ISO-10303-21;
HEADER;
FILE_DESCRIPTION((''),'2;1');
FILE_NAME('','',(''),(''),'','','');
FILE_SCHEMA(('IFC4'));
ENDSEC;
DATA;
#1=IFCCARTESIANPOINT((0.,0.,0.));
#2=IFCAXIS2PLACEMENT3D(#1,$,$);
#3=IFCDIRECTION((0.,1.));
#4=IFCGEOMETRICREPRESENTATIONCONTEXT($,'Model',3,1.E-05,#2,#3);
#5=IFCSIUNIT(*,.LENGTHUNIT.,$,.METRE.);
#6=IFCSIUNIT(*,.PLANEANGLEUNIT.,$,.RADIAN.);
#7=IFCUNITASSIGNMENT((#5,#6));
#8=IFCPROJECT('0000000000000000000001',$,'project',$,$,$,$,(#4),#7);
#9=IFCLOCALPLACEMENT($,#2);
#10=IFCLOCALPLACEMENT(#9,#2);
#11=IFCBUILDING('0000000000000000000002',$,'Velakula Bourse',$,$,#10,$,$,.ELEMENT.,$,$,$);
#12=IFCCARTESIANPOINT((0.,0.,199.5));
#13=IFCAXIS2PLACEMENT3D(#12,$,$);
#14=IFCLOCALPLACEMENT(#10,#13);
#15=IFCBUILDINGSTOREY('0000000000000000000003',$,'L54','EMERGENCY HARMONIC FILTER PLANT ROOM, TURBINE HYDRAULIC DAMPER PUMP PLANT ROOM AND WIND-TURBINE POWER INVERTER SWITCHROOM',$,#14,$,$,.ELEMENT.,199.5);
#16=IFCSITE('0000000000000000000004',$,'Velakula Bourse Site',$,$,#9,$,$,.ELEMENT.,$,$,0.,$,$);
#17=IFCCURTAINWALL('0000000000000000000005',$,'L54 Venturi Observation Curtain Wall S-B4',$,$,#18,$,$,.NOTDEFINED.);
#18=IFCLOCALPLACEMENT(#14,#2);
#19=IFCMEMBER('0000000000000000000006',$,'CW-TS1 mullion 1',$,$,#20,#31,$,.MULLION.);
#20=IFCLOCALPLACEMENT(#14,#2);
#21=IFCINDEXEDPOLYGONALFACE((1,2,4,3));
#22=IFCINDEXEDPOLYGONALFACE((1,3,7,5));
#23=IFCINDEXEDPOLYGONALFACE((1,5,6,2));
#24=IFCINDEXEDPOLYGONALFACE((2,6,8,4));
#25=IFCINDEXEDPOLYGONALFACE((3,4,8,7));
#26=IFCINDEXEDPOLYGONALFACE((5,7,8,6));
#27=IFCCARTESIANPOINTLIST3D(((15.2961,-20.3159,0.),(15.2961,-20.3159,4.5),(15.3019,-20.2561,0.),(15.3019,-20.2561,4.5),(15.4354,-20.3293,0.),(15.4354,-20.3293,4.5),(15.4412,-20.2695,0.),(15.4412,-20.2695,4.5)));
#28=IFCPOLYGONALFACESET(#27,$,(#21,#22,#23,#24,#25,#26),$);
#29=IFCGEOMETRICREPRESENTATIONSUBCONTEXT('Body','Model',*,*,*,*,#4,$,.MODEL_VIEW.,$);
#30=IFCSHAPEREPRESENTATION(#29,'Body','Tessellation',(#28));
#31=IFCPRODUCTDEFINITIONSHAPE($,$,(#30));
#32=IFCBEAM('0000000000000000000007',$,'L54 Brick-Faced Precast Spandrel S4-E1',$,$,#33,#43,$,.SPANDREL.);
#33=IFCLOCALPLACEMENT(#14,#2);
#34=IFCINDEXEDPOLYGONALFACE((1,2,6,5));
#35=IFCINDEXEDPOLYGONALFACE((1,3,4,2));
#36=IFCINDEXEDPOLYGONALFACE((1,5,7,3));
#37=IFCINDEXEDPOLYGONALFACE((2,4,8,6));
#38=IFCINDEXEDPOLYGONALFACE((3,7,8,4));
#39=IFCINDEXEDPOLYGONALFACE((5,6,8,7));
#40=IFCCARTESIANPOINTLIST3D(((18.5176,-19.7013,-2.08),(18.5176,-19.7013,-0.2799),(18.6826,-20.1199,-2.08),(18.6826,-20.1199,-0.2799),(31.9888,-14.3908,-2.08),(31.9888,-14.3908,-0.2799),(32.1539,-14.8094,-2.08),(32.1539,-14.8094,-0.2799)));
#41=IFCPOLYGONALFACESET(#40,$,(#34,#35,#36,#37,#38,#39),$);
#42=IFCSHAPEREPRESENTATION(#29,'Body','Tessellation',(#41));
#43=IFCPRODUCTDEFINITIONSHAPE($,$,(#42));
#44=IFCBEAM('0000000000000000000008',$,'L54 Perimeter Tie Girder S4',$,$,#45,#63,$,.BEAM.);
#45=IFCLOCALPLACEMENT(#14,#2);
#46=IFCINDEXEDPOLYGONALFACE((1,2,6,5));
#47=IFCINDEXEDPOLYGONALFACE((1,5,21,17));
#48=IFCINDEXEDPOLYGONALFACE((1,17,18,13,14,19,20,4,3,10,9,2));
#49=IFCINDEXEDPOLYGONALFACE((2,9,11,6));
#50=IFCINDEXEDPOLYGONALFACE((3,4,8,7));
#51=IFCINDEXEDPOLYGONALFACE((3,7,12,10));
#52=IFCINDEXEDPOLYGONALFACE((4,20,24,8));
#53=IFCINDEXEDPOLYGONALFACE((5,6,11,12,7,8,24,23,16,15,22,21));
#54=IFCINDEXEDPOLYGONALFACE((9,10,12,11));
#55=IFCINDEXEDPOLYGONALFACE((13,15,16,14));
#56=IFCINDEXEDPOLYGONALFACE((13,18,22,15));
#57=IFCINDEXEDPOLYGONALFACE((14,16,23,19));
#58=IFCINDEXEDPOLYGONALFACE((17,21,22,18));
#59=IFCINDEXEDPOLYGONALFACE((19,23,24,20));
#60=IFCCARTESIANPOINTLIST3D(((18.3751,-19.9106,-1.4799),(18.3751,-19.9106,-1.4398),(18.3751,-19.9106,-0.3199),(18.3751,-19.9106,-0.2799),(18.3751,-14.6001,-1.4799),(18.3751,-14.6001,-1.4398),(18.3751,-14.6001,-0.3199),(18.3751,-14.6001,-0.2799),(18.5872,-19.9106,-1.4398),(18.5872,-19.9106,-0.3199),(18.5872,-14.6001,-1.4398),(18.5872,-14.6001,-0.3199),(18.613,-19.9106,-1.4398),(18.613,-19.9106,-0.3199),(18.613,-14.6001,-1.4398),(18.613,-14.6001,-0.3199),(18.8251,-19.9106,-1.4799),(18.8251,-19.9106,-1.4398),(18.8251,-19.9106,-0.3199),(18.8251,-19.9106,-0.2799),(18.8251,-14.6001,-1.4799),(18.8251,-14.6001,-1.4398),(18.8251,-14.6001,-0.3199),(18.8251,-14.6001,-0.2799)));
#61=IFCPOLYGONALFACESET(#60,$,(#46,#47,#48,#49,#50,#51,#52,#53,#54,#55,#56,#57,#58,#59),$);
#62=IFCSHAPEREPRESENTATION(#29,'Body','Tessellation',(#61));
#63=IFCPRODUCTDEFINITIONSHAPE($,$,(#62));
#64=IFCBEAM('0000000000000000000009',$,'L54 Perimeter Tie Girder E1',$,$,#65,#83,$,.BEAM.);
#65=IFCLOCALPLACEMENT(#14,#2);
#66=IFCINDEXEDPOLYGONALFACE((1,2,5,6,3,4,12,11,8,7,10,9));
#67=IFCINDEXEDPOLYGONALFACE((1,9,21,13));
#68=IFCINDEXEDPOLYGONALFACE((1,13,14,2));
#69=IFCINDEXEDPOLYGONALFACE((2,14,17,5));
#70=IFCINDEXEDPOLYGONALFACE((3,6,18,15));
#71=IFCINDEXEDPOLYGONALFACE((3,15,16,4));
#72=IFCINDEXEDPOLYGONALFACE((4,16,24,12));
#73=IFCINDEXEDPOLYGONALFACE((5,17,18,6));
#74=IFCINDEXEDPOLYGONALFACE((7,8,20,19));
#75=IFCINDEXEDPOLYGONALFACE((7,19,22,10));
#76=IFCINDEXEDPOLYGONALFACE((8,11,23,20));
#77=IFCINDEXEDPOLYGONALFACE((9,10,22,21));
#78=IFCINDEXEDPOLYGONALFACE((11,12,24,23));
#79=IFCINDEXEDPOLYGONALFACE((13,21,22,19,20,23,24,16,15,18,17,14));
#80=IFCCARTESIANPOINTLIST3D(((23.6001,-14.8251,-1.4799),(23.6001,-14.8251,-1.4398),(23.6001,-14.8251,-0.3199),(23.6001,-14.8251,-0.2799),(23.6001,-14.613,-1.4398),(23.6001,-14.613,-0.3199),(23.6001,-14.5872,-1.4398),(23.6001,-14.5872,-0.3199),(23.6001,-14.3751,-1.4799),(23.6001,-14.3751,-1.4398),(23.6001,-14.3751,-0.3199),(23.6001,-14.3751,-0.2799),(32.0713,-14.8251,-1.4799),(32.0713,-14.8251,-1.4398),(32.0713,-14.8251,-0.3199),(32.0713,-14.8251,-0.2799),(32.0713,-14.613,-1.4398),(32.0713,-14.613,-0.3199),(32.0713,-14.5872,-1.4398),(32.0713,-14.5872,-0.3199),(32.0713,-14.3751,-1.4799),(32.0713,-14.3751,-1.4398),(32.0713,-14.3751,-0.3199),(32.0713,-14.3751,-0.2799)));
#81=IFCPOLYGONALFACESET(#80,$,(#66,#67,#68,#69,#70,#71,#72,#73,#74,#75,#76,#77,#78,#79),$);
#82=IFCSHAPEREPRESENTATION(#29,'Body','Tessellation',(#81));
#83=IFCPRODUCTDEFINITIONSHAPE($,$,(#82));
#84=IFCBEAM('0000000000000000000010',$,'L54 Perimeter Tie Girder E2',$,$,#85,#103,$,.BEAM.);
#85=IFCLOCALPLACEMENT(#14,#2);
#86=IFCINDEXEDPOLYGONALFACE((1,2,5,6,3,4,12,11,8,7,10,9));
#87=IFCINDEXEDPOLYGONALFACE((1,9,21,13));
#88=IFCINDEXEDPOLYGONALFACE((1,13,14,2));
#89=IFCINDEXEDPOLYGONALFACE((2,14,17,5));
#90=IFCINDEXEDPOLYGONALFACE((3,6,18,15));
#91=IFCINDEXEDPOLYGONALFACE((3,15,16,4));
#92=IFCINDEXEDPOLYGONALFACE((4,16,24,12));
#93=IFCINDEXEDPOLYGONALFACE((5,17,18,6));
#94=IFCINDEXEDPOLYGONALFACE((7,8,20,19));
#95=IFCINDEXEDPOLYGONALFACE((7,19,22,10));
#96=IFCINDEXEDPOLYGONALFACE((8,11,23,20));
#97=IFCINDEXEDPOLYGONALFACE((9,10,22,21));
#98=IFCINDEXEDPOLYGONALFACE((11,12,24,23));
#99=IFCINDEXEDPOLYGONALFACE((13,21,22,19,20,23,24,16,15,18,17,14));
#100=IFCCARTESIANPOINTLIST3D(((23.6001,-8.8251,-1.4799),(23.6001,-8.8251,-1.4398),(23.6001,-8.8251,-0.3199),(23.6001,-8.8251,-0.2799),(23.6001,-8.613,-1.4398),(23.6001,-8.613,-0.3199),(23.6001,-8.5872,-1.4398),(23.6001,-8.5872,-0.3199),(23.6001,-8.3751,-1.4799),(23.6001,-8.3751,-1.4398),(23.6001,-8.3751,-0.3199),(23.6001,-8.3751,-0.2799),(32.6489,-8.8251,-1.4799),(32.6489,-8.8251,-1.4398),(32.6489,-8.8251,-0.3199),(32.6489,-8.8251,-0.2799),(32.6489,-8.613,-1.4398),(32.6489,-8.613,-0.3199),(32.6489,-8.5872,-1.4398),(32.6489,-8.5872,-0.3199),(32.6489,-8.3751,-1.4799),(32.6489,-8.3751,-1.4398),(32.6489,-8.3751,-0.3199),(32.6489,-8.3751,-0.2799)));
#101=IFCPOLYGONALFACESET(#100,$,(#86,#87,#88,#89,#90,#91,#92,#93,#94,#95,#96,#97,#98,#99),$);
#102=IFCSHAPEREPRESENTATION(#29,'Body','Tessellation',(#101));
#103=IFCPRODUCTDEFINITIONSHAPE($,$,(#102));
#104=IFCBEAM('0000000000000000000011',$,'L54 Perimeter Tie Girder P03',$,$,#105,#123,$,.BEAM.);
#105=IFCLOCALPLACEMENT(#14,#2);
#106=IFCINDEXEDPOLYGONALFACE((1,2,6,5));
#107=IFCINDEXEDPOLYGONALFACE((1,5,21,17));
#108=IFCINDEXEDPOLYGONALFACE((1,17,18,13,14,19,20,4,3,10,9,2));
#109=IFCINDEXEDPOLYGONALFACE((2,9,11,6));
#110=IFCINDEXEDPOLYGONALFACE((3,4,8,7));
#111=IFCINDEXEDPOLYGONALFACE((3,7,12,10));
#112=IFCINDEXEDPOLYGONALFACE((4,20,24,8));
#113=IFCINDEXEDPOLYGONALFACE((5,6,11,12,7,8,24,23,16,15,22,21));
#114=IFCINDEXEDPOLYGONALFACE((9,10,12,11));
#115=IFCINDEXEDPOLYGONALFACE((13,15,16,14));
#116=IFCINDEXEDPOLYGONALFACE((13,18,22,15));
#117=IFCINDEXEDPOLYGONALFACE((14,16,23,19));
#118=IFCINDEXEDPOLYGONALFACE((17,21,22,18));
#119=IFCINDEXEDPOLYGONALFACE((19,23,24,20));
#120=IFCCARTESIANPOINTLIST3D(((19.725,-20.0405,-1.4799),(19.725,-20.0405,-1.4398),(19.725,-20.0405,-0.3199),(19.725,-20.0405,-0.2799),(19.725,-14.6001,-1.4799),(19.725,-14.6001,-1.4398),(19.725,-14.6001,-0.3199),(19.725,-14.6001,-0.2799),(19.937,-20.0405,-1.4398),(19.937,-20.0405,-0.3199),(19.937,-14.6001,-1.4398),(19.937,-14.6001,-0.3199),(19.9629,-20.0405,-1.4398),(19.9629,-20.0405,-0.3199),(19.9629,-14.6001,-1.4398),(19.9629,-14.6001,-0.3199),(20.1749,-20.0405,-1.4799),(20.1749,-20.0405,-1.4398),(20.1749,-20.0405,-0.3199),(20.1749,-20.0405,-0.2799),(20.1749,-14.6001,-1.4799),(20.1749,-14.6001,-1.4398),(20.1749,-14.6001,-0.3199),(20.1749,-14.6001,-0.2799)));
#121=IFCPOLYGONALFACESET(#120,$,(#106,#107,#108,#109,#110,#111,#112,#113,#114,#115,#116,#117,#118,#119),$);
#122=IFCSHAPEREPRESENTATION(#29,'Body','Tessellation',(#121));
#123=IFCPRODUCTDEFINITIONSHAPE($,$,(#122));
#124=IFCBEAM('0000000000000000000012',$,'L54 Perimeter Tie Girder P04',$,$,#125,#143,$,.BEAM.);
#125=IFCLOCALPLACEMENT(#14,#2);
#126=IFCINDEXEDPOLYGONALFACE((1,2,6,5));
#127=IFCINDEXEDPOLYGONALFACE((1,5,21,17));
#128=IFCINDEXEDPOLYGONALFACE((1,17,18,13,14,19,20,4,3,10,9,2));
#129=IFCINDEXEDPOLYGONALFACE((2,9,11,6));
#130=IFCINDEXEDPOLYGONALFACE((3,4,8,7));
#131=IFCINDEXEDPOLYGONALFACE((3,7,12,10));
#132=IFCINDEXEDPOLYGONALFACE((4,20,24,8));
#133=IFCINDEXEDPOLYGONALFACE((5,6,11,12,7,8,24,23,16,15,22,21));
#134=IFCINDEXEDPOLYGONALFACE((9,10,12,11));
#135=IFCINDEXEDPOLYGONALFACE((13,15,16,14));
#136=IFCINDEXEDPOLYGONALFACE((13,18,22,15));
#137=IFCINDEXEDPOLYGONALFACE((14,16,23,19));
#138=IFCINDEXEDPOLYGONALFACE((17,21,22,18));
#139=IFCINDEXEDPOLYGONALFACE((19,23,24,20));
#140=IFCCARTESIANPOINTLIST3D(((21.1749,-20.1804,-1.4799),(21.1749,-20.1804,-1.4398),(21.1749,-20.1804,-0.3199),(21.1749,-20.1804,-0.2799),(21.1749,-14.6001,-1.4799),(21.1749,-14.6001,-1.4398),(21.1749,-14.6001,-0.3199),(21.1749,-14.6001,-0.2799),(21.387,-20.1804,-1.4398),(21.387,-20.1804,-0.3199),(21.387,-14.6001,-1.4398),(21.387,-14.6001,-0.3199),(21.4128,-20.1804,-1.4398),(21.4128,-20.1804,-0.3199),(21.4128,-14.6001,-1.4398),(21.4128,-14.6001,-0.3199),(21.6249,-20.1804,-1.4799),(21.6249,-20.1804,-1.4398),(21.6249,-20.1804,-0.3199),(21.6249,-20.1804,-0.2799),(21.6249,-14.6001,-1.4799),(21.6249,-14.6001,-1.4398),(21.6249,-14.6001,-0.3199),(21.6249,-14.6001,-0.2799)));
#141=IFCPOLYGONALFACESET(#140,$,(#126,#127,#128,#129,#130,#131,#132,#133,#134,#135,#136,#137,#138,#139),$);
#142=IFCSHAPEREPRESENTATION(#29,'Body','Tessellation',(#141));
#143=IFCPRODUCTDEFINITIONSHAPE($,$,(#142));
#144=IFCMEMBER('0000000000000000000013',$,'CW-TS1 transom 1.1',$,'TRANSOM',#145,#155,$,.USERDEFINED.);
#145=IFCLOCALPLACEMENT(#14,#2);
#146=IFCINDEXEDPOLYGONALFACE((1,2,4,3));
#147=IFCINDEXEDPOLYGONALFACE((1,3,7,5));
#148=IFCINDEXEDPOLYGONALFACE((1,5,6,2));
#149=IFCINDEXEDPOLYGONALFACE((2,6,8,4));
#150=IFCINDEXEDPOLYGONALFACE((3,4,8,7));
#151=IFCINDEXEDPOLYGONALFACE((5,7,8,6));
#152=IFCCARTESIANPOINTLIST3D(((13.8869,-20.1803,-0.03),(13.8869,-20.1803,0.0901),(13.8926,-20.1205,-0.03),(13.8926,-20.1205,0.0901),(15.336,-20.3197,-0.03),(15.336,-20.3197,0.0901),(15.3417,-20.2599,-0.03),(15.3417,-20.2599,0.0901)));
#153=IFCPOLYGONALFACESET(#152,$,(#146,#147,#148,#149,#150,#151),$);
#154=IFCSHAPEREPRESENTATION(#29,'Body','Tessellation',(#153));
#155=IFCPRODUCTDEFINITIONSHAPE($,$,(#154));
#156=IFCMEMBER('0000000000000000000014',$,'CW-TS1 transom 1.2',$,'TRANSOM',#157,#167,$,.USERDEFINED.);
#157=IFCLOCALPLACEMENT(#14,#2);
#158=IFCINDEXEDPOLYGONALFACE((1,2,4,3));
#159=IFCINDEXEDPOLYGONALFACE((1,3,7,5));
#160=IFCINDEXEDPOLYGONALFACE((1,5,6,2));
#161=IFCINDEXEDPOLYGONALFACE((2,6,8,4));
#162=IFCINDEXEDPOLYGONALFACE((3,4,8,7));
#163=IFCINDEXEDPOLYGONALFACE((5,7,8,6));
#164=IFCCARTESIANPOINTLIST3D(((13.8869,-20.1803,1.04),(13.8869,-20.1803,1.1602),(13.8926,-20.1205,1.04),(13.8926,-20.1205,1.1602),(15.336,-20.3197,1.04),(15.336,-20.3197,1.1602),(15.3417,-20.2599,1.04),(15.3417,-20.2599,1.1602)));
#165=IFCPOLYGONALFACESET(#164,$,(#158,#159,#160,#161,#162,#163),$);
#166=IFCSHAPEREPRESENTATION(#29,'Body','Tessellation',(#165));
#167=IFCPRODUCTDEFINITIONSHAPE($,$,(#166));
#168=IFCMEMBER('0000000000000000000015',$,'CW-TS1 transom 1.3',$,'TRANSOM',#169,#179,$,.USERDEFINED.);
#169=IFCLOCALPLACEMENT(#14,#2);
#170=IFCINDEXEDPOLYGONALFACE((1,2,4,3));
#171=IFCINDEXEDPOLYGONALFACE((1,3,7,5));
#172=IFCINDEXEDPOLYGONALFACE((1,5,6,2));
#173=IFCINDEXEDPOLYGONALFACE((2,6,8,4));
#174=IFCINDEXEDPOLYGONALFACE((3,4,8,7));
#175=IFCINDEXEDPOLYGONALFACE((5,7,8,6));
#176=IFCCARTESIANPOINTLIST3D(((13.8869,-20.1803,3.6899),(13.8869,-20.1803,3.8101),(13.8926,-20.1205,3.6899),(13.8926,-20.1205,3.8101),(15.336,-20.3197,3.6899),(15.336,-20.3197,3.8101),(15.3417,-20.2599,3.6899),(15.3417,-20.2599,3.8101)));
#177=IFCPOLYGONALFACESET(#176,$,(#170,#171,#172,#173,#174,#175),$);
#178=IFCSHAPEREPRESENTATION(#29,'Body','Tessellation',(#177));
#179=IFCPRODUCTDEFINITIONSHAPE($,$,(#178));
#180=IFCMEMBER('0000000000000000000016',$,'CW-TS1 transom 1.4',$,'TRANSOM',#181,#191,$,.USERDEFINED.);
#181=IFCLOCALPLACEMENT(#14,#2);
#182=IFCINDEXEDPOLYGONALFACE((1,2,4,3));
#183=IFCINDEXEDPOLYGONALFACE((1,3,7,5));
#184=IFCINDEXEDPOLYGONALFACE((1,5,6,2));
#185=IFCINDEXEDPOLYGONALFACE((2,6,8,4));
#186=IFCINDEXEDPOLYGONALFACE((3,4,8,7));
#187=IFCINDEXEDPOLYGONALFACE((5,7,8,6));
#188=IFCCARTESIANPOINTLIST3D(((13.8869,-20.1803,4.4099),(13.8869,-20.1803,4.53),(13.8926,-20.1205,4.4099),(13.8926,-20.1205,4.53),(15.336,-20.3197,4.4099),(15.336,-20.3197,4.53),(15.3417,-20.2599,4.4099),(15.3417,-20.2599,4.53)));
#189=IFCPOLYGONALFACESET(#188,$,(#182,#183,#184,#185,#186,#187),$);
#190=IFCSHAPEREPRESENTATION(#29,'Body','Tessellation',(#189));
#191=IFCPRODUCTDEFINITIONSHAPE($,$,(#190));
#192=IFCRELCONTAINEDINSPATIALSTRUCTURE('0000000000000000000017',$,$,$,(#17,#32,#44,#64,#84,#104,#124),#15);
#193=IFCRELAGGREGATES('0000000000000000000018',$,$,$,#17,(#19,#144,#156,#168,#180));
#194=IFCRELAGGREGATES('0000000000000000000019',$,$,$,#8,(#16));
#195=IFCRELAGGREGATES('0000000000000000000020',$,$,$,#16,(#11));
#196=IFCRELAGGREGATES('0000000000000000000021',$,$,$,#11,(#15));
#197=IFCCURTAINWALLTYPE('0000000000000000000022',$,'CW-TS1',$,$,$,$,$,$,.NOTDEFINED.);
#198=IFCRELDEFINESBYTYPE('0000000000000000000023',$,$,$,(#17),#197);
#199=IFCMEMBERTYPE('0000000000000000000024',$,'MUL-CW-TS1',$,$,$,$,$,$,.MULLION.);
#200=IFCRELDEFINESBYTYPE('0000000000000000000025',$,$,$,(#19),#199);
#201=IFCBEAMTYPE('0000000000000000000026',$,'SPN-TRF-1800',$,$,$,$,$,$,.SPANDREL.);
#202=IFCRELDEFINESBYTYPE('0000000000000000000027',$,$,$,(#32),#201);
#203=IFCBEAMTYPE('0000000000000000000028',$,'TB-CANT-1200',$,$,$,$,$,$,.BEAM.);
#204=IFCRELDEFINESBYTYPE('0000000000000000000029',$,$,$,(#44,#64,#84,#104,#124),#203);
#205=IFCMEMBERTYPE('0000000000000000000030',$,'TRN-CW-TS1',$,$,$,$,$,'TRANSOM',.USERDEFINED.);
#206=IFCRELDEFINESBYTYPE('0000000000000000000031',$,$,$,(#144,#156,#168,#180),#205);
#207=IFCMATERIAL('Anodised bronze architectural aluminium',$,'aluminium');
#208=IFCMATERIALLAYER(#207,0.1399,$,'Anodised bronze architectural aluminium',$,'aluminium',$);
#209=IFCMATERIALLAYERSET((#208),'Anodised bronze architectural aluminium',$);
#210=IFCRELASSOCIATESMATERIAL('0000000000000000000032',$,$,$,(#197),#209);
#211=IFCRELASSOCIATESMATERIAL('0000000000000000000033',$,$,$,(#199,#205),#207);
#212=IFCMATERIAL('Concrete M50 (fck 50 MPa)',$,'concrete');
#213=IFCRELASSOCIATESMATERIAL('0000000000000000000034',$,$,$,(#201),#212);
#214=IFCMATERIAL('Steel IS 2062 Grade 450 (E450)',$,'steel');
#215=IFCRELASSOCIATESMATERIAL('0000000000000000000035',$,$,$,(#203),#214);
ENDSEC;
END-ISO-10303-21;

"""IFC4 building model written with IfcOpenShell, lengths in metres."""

from ifc_helpers import new_model, si_unit, direction, frame, origin, origin_2d, place, context, subcontext, project, spatial, rectangle, i_section, extrude, material, layer, layer_set, material_profile, profile_set, type_object, element, aggregate, save


model = new_model("IFC4")

# Units and contexts
model_context = context("Model", 3, precision=1e-05, world=origin(), true_north=direction((0.0, 1.0)))
body_context = subcontext(model_context, "Body", "Model", "MODEL_VIEW")
ifc_project = project(units=[si_unit("LENGTHUNIT", "METRE"), si_unit("PLANEANGLEUNIT", "RADIAN")], contexts=[model_context])

# Site, building, storey
site_placement = place(None, origin())
site = spatial("IfcSite", under=ifc_project, at=site_placement, Name="Velakula Bourse Site", CompositionType="ELEMENT", RefElevation=0.0)
building_placement = place(site_placement, origin())
building = spatial("IfcBuilding", under=site, at=building_placement, Name="Velakula Bourse", CompositionType="ELEMENT")
storey_placement = place(building_placement, frame((0.0, 0.0, 199.5)))
storey = spatial("IfcBuildingStorey", under=building, at=storey_placement, Name="L54", Description="EMERGENCY HARMONIC FILTER PLANT ROOM, TURBINE HYDRAULIC DAMPER PUMP PLANT ROOM AND WIND-TURBINE POWER INVERTER SWITCHROOM", CompositionType="ELEMENT", Elevation=199.5)

# Curtain wall, member
ifc_material_1 = material(Name="Anodised bronze architectural aluminium", Category="aluminium")
ifc_layer_1 = layer(ifc_material_1, 0.1399, Name="Anodised bronze architectural aluminium", Category="aluminium")
ifc_layer_set_1 = layer_set([ifc_layer_1], Name="Anodised bronze architectural aluminium")
curtain_wall_type = type_object("IfcCurtainWallType", Name="CW-TS1", PredefinedType="NOTDEFINED", material=ifc_layer_set_1)
curtain_wall_placement = place(storey_placement, origin())
curtain_wall = element("IfcCurtainWall", 1, at=curtain_wall_placement, inside=storey, type_object=curtain_wall_type, Name="L54 Venturi Observation Curtain Wall S-B4", PredefinedType="NOTDEFINED")
ifc_material_profile_1 = material_profile(ifc_material_1, rectangle(XDim=0.0601, YDim=0.1399, at=origin_2d()), Name="Anodised bronze architectural aluminium")
ifc_profile_set_1 = profile_set([ifc_material_profile_1], Name="Anodised bronze architectural aluminium")
member_type_1 = type_object("IfcMemberType", Name="MUL-CW-TS1", PredefinedType="MULLION", material=ifc_profile_set_1)
member_1_placement = place(storey_placement, frame((15.3687, -20.2927, 0.0), z_axis=(0.0, 0.0, 1.0), x_axis=(-0.095849, -0.995396, 0.0)))
member_1 = element("IfcMember", 2, at=member_1_placement, type_object=member_type_1, Name="CW-TS1 mullion 1", PredefinedType="MULLION", context=body_context, shape_type="SweptSolid", body=[
    extrude(rectangle(XDim=0.0601, YDim=0.1399, at=origin_2d()), origin(), (0.0, 0.0, 1.0), 4.5),
])

# Beams
ifc_material_2 = material(Name="Concrete M50 (fck 50 MPa)", Category="concrete")
ifc_material_profile_2 = material_profile(ifc_material_2, rectangle(XDim=0.45, YDim=1.8, at=origin_2d()), Name="Concrete M50 (fck 50 MPa)")
ifc_profile_set_2 = profile_set([ifc_material_profile_2], Name="Concrete M50 (fck 50 MPa)")
beam_type_1 = type_object("IfcBeamType", Name="SPN-TRF-1800", PredefinedType="SPANDREL", material=ifc_profile_set_2)
beam_1_placement = place(storey_placement, frame((18.6001, -19.9106, -1.1799), z_axis=(0.930321, 0.366747, 0.0), x_axis=(-0.366747, 0.930321, 0.0)))
element("IfcBeam", 3, at=beam_1_placement, inside=storey, type_object=beam_type_1, Name="L54 Brick-Faced Precast Spandrel S4-E1", PredefinedType="SPANDREL", context=body_context, shape_type="SweptSolid", body=[
    extrude(rectangle(XDim=0.45, YDim=1.8, at=origin_2d()), origin(), (0.0, 0.0, 1.0), 14.4802),
])
ifc_material_3 = material(Name="Steel IS 2062 Grade 450 (E450)", Category="steel")
ifc_material_profile_3 = material_profile(ifc_material_3, i_section(OverallWidth=0.45, OverallDepth=1.2, WebThickness=0.0259, FlangeThickness=0.04, at=origin_2d()), Name="Steel IS 2062 Grade 450 (E450)")
ifc_profile_set_3 = profile_set([ifc_material_profile_3], Name="Steel IS 2062 Grade 450 (E450)")
beam_type_2 = type_object("IfcBeamType", Name="TB-CANT-1200", PredefinedType="BEAM", material=ifc_profile_set_3)
beam_2_placement = place(storey_placement, frame((18.6001, -14.6001, -0.8799), z_axis=(0.0, -1.0, 0.0), x_axis=(1.0, 0.0, 0.0)))
element("IfcBeam", 4, at=beam_2_placement, inside=storey, type_object=beam_type_2, Name="L54 Perimeter Tie Girder S4", PredefinedType="BEAM", context=body_context, shape_type="SweptSolid", body=[
    extrude(i_section(OverallWidth=0.45, OverallDepth=1.2, WebThickness=0.0259, FlangeThickness=0.04, at=origin_2d()), origin(), (0.0, 0.0, 1.0), 5.3105),
])
beam_3_placement = place(storey_placement, frame((23.6001, -14.6001, -0.8799), z_axis=(1.0, 0.0, 0.0), x_axis=(0.0, 1.0, 0.0)))
element("IfcBeam", 5, at=beam_3_placement, inside=storey, type_object=beam_type_2, Name="L54 Perimeter Tie Girder E1", PredefinedType="BEAM", context=body_context, shape_type="SweptSolid", body=[
    extrude(i_section(OverallWidth=0.45, OverallDepth=1.2, WebThickness=0.0259, FlangeThickness=0.04, at=origin_2d()), origin(), (0.0, 0.0, 1.0), 8.4712),
])
beam_4_placement = place(storey_placement, frame((23.6001, -8.6001, -0.8799), z_axis=(1.0, 0.0, 0.0), x_axis=(0.0, 1.0, 0.0)))
element("IfcBeam", 6, at=beam_4_placement, inside=storey, type_object=beam_type_2, Name="L54 Perimeter Tie Girder E2", PredefinedType="BEAM", context=body_context, shape_type="SweptSolid", body=[
    extrude(i_section(OverallWidth=0.45, OverallDepth=1.2, WebThickness=0.0259, FlangeThickness=0.04, at=origin_2d()), origin(), (0.0, 0.0, 1.0), 9.0488),
])
beam_5_placement = place(storey_placement, frame((19.95, -14.6001, -0.8799), z_axis=(0.0, -1.0, 0.0), x_axis=(1.0, 0.0, 0.0)))
element("IfcBeam", 7, at=beam_5_placement, inside=storey, type_object=beam_type_2, Name="L54 Perimeter Tie Girder P03", PredefinedType="BEAM", context=body_context, shape_type="SweptSolid", body=[
    extrude(i_section(OverallWidth=0.45, OverallDepth=1.2, WebThickness=0.0259, FlangeThickness=0.04, at=origin_2d()), origin(), (0.0, 0.0, 1.0), 5.4404),
])
beam_6_placement = place(storey_placement, frame((21.3999, -14.6001, -0.8799), z_axis=(0.0, -1.0, 0.0), x_axis=(1.0, 0.0, 0.0)))
element("IfcBeam", 8, at=beam_6_placement, inside=storey, type_object=beam_type_2, Name="L54 Perimeter Tie Girder P04", PredefinedType="BEAM", context=body_context, shape_type="SweptSolid", body=[
    extrude(i_section(OverallWidth=0.45, OverallDepth=1.2, WebThickness=0.0259, FlangeThickness=0.04, at=origin_2d()), origin(), (0.0, 0.0, 1.0), 5.5803),
])

# Members
ifc_material_profile_4 = material_profile(ifc_material_1, rectangle(XDim=0.0601, YDim=0.1201, at=origin_2d()), Name="Anodised bronze architectural aluminium")
ifc_profile_set_4 = profile_set([ifc_material_profile_4], Name="Anodised bronze architectural aluminium")
member_type_2 = type_object("IfcMemberType", Name="TRN-CW-TS1", ElementType="TRANSOM", PredefinedType="USERDEFINED", material=ifc_profile_set_4)
member_2_placement = place(storey_placement, frame((15.3389, -20.2898, 0.03), z_axis=(-0.995405, 0.095751, 0.0), x_axis=(-0.095751, -0.995405, 0.0)))
member_2 = element("IfcMember", 9, at=member_2_placement, type_object=member_type_2, Name="CW-TS1 transom 1.1", ObjectType="TRANSOM", PredefinedType="USERDEFINED", context=body_context, shape_type="SweptSolid", body=[
    extrude(rectangle(XDim=0.0601, YDim=0.1201, at=origin_2d()), origin(), (0.0, 0.0, 1.0), 1.4558),
])
member_3_placement = place(storey_placement, frame((15.3389, -20.2898, 1.1001), z_axis=(-0.995405, 0.095751, 0.0), x_axis=(-0.095751, -0.995405, 0.0)))
member_3 = element("IfcMember", 10, at=member_3_placement, type_object=member_type_2, Name="CW-TS1 transom 1.2", ObjectType="TRANSOM", PredefinedType="USERDEFINED", context=body_context, shape_type="SweptSolid", body=[
    extrude(rectangle(XDim=0.0601, YDim=0.1201, at=origin_2d()), origin(), (0.0, 0.0, 1.0), 1.4558),
])
member_4_placement = place(storey_placement, frame((15.3389, -20.2898, 3.75), z_axis=(-0.995405, 0.095751, 0.0), x_axis=(-0.095751, -0.995405, 0.0)))
member_4 = element("IfcMember", 11, at=member_4_placement, type_object=member_type_2, Name="CW-TS1 transom 1.3", ObjectType="TRANSOM", PredefinedType="USERDEFINED", context=body_context, shape_type="SweptSolid", body=[
    extrude(rectangle(XDim=0.0601, YDim=0.1201, at=origin_2d()), origin(), (0.0, 0.0, 1.0), 1.4558),
])
member_5_placement = place(storey_placement, frame((15.3389, -20.2898, 4.47), z_axis=(-0.995405, 0.095751, 0.0), x_axis=(-0.095751, -0.995405, 0.0)))
member_5 = element("IfcMember", 12, at=member_5_placement, type_object=member_type_2, Name="CW-TS1 transom 1.4", ObjectType="TRANSOM", PredefinedType="USERDEFINED", context=body_context, shape_type="SweptSolid", body=[
    extrude(rectangle(XDim=0.0601, YDim=0.1201, at=origin_2d()), origin(), (0.0, 0.0, 1.0), 1.4558),
])

aggregate(curtain_wall, [member_1, member_2, member_3, member_4, member_5])

save(model, "model.ifc")
